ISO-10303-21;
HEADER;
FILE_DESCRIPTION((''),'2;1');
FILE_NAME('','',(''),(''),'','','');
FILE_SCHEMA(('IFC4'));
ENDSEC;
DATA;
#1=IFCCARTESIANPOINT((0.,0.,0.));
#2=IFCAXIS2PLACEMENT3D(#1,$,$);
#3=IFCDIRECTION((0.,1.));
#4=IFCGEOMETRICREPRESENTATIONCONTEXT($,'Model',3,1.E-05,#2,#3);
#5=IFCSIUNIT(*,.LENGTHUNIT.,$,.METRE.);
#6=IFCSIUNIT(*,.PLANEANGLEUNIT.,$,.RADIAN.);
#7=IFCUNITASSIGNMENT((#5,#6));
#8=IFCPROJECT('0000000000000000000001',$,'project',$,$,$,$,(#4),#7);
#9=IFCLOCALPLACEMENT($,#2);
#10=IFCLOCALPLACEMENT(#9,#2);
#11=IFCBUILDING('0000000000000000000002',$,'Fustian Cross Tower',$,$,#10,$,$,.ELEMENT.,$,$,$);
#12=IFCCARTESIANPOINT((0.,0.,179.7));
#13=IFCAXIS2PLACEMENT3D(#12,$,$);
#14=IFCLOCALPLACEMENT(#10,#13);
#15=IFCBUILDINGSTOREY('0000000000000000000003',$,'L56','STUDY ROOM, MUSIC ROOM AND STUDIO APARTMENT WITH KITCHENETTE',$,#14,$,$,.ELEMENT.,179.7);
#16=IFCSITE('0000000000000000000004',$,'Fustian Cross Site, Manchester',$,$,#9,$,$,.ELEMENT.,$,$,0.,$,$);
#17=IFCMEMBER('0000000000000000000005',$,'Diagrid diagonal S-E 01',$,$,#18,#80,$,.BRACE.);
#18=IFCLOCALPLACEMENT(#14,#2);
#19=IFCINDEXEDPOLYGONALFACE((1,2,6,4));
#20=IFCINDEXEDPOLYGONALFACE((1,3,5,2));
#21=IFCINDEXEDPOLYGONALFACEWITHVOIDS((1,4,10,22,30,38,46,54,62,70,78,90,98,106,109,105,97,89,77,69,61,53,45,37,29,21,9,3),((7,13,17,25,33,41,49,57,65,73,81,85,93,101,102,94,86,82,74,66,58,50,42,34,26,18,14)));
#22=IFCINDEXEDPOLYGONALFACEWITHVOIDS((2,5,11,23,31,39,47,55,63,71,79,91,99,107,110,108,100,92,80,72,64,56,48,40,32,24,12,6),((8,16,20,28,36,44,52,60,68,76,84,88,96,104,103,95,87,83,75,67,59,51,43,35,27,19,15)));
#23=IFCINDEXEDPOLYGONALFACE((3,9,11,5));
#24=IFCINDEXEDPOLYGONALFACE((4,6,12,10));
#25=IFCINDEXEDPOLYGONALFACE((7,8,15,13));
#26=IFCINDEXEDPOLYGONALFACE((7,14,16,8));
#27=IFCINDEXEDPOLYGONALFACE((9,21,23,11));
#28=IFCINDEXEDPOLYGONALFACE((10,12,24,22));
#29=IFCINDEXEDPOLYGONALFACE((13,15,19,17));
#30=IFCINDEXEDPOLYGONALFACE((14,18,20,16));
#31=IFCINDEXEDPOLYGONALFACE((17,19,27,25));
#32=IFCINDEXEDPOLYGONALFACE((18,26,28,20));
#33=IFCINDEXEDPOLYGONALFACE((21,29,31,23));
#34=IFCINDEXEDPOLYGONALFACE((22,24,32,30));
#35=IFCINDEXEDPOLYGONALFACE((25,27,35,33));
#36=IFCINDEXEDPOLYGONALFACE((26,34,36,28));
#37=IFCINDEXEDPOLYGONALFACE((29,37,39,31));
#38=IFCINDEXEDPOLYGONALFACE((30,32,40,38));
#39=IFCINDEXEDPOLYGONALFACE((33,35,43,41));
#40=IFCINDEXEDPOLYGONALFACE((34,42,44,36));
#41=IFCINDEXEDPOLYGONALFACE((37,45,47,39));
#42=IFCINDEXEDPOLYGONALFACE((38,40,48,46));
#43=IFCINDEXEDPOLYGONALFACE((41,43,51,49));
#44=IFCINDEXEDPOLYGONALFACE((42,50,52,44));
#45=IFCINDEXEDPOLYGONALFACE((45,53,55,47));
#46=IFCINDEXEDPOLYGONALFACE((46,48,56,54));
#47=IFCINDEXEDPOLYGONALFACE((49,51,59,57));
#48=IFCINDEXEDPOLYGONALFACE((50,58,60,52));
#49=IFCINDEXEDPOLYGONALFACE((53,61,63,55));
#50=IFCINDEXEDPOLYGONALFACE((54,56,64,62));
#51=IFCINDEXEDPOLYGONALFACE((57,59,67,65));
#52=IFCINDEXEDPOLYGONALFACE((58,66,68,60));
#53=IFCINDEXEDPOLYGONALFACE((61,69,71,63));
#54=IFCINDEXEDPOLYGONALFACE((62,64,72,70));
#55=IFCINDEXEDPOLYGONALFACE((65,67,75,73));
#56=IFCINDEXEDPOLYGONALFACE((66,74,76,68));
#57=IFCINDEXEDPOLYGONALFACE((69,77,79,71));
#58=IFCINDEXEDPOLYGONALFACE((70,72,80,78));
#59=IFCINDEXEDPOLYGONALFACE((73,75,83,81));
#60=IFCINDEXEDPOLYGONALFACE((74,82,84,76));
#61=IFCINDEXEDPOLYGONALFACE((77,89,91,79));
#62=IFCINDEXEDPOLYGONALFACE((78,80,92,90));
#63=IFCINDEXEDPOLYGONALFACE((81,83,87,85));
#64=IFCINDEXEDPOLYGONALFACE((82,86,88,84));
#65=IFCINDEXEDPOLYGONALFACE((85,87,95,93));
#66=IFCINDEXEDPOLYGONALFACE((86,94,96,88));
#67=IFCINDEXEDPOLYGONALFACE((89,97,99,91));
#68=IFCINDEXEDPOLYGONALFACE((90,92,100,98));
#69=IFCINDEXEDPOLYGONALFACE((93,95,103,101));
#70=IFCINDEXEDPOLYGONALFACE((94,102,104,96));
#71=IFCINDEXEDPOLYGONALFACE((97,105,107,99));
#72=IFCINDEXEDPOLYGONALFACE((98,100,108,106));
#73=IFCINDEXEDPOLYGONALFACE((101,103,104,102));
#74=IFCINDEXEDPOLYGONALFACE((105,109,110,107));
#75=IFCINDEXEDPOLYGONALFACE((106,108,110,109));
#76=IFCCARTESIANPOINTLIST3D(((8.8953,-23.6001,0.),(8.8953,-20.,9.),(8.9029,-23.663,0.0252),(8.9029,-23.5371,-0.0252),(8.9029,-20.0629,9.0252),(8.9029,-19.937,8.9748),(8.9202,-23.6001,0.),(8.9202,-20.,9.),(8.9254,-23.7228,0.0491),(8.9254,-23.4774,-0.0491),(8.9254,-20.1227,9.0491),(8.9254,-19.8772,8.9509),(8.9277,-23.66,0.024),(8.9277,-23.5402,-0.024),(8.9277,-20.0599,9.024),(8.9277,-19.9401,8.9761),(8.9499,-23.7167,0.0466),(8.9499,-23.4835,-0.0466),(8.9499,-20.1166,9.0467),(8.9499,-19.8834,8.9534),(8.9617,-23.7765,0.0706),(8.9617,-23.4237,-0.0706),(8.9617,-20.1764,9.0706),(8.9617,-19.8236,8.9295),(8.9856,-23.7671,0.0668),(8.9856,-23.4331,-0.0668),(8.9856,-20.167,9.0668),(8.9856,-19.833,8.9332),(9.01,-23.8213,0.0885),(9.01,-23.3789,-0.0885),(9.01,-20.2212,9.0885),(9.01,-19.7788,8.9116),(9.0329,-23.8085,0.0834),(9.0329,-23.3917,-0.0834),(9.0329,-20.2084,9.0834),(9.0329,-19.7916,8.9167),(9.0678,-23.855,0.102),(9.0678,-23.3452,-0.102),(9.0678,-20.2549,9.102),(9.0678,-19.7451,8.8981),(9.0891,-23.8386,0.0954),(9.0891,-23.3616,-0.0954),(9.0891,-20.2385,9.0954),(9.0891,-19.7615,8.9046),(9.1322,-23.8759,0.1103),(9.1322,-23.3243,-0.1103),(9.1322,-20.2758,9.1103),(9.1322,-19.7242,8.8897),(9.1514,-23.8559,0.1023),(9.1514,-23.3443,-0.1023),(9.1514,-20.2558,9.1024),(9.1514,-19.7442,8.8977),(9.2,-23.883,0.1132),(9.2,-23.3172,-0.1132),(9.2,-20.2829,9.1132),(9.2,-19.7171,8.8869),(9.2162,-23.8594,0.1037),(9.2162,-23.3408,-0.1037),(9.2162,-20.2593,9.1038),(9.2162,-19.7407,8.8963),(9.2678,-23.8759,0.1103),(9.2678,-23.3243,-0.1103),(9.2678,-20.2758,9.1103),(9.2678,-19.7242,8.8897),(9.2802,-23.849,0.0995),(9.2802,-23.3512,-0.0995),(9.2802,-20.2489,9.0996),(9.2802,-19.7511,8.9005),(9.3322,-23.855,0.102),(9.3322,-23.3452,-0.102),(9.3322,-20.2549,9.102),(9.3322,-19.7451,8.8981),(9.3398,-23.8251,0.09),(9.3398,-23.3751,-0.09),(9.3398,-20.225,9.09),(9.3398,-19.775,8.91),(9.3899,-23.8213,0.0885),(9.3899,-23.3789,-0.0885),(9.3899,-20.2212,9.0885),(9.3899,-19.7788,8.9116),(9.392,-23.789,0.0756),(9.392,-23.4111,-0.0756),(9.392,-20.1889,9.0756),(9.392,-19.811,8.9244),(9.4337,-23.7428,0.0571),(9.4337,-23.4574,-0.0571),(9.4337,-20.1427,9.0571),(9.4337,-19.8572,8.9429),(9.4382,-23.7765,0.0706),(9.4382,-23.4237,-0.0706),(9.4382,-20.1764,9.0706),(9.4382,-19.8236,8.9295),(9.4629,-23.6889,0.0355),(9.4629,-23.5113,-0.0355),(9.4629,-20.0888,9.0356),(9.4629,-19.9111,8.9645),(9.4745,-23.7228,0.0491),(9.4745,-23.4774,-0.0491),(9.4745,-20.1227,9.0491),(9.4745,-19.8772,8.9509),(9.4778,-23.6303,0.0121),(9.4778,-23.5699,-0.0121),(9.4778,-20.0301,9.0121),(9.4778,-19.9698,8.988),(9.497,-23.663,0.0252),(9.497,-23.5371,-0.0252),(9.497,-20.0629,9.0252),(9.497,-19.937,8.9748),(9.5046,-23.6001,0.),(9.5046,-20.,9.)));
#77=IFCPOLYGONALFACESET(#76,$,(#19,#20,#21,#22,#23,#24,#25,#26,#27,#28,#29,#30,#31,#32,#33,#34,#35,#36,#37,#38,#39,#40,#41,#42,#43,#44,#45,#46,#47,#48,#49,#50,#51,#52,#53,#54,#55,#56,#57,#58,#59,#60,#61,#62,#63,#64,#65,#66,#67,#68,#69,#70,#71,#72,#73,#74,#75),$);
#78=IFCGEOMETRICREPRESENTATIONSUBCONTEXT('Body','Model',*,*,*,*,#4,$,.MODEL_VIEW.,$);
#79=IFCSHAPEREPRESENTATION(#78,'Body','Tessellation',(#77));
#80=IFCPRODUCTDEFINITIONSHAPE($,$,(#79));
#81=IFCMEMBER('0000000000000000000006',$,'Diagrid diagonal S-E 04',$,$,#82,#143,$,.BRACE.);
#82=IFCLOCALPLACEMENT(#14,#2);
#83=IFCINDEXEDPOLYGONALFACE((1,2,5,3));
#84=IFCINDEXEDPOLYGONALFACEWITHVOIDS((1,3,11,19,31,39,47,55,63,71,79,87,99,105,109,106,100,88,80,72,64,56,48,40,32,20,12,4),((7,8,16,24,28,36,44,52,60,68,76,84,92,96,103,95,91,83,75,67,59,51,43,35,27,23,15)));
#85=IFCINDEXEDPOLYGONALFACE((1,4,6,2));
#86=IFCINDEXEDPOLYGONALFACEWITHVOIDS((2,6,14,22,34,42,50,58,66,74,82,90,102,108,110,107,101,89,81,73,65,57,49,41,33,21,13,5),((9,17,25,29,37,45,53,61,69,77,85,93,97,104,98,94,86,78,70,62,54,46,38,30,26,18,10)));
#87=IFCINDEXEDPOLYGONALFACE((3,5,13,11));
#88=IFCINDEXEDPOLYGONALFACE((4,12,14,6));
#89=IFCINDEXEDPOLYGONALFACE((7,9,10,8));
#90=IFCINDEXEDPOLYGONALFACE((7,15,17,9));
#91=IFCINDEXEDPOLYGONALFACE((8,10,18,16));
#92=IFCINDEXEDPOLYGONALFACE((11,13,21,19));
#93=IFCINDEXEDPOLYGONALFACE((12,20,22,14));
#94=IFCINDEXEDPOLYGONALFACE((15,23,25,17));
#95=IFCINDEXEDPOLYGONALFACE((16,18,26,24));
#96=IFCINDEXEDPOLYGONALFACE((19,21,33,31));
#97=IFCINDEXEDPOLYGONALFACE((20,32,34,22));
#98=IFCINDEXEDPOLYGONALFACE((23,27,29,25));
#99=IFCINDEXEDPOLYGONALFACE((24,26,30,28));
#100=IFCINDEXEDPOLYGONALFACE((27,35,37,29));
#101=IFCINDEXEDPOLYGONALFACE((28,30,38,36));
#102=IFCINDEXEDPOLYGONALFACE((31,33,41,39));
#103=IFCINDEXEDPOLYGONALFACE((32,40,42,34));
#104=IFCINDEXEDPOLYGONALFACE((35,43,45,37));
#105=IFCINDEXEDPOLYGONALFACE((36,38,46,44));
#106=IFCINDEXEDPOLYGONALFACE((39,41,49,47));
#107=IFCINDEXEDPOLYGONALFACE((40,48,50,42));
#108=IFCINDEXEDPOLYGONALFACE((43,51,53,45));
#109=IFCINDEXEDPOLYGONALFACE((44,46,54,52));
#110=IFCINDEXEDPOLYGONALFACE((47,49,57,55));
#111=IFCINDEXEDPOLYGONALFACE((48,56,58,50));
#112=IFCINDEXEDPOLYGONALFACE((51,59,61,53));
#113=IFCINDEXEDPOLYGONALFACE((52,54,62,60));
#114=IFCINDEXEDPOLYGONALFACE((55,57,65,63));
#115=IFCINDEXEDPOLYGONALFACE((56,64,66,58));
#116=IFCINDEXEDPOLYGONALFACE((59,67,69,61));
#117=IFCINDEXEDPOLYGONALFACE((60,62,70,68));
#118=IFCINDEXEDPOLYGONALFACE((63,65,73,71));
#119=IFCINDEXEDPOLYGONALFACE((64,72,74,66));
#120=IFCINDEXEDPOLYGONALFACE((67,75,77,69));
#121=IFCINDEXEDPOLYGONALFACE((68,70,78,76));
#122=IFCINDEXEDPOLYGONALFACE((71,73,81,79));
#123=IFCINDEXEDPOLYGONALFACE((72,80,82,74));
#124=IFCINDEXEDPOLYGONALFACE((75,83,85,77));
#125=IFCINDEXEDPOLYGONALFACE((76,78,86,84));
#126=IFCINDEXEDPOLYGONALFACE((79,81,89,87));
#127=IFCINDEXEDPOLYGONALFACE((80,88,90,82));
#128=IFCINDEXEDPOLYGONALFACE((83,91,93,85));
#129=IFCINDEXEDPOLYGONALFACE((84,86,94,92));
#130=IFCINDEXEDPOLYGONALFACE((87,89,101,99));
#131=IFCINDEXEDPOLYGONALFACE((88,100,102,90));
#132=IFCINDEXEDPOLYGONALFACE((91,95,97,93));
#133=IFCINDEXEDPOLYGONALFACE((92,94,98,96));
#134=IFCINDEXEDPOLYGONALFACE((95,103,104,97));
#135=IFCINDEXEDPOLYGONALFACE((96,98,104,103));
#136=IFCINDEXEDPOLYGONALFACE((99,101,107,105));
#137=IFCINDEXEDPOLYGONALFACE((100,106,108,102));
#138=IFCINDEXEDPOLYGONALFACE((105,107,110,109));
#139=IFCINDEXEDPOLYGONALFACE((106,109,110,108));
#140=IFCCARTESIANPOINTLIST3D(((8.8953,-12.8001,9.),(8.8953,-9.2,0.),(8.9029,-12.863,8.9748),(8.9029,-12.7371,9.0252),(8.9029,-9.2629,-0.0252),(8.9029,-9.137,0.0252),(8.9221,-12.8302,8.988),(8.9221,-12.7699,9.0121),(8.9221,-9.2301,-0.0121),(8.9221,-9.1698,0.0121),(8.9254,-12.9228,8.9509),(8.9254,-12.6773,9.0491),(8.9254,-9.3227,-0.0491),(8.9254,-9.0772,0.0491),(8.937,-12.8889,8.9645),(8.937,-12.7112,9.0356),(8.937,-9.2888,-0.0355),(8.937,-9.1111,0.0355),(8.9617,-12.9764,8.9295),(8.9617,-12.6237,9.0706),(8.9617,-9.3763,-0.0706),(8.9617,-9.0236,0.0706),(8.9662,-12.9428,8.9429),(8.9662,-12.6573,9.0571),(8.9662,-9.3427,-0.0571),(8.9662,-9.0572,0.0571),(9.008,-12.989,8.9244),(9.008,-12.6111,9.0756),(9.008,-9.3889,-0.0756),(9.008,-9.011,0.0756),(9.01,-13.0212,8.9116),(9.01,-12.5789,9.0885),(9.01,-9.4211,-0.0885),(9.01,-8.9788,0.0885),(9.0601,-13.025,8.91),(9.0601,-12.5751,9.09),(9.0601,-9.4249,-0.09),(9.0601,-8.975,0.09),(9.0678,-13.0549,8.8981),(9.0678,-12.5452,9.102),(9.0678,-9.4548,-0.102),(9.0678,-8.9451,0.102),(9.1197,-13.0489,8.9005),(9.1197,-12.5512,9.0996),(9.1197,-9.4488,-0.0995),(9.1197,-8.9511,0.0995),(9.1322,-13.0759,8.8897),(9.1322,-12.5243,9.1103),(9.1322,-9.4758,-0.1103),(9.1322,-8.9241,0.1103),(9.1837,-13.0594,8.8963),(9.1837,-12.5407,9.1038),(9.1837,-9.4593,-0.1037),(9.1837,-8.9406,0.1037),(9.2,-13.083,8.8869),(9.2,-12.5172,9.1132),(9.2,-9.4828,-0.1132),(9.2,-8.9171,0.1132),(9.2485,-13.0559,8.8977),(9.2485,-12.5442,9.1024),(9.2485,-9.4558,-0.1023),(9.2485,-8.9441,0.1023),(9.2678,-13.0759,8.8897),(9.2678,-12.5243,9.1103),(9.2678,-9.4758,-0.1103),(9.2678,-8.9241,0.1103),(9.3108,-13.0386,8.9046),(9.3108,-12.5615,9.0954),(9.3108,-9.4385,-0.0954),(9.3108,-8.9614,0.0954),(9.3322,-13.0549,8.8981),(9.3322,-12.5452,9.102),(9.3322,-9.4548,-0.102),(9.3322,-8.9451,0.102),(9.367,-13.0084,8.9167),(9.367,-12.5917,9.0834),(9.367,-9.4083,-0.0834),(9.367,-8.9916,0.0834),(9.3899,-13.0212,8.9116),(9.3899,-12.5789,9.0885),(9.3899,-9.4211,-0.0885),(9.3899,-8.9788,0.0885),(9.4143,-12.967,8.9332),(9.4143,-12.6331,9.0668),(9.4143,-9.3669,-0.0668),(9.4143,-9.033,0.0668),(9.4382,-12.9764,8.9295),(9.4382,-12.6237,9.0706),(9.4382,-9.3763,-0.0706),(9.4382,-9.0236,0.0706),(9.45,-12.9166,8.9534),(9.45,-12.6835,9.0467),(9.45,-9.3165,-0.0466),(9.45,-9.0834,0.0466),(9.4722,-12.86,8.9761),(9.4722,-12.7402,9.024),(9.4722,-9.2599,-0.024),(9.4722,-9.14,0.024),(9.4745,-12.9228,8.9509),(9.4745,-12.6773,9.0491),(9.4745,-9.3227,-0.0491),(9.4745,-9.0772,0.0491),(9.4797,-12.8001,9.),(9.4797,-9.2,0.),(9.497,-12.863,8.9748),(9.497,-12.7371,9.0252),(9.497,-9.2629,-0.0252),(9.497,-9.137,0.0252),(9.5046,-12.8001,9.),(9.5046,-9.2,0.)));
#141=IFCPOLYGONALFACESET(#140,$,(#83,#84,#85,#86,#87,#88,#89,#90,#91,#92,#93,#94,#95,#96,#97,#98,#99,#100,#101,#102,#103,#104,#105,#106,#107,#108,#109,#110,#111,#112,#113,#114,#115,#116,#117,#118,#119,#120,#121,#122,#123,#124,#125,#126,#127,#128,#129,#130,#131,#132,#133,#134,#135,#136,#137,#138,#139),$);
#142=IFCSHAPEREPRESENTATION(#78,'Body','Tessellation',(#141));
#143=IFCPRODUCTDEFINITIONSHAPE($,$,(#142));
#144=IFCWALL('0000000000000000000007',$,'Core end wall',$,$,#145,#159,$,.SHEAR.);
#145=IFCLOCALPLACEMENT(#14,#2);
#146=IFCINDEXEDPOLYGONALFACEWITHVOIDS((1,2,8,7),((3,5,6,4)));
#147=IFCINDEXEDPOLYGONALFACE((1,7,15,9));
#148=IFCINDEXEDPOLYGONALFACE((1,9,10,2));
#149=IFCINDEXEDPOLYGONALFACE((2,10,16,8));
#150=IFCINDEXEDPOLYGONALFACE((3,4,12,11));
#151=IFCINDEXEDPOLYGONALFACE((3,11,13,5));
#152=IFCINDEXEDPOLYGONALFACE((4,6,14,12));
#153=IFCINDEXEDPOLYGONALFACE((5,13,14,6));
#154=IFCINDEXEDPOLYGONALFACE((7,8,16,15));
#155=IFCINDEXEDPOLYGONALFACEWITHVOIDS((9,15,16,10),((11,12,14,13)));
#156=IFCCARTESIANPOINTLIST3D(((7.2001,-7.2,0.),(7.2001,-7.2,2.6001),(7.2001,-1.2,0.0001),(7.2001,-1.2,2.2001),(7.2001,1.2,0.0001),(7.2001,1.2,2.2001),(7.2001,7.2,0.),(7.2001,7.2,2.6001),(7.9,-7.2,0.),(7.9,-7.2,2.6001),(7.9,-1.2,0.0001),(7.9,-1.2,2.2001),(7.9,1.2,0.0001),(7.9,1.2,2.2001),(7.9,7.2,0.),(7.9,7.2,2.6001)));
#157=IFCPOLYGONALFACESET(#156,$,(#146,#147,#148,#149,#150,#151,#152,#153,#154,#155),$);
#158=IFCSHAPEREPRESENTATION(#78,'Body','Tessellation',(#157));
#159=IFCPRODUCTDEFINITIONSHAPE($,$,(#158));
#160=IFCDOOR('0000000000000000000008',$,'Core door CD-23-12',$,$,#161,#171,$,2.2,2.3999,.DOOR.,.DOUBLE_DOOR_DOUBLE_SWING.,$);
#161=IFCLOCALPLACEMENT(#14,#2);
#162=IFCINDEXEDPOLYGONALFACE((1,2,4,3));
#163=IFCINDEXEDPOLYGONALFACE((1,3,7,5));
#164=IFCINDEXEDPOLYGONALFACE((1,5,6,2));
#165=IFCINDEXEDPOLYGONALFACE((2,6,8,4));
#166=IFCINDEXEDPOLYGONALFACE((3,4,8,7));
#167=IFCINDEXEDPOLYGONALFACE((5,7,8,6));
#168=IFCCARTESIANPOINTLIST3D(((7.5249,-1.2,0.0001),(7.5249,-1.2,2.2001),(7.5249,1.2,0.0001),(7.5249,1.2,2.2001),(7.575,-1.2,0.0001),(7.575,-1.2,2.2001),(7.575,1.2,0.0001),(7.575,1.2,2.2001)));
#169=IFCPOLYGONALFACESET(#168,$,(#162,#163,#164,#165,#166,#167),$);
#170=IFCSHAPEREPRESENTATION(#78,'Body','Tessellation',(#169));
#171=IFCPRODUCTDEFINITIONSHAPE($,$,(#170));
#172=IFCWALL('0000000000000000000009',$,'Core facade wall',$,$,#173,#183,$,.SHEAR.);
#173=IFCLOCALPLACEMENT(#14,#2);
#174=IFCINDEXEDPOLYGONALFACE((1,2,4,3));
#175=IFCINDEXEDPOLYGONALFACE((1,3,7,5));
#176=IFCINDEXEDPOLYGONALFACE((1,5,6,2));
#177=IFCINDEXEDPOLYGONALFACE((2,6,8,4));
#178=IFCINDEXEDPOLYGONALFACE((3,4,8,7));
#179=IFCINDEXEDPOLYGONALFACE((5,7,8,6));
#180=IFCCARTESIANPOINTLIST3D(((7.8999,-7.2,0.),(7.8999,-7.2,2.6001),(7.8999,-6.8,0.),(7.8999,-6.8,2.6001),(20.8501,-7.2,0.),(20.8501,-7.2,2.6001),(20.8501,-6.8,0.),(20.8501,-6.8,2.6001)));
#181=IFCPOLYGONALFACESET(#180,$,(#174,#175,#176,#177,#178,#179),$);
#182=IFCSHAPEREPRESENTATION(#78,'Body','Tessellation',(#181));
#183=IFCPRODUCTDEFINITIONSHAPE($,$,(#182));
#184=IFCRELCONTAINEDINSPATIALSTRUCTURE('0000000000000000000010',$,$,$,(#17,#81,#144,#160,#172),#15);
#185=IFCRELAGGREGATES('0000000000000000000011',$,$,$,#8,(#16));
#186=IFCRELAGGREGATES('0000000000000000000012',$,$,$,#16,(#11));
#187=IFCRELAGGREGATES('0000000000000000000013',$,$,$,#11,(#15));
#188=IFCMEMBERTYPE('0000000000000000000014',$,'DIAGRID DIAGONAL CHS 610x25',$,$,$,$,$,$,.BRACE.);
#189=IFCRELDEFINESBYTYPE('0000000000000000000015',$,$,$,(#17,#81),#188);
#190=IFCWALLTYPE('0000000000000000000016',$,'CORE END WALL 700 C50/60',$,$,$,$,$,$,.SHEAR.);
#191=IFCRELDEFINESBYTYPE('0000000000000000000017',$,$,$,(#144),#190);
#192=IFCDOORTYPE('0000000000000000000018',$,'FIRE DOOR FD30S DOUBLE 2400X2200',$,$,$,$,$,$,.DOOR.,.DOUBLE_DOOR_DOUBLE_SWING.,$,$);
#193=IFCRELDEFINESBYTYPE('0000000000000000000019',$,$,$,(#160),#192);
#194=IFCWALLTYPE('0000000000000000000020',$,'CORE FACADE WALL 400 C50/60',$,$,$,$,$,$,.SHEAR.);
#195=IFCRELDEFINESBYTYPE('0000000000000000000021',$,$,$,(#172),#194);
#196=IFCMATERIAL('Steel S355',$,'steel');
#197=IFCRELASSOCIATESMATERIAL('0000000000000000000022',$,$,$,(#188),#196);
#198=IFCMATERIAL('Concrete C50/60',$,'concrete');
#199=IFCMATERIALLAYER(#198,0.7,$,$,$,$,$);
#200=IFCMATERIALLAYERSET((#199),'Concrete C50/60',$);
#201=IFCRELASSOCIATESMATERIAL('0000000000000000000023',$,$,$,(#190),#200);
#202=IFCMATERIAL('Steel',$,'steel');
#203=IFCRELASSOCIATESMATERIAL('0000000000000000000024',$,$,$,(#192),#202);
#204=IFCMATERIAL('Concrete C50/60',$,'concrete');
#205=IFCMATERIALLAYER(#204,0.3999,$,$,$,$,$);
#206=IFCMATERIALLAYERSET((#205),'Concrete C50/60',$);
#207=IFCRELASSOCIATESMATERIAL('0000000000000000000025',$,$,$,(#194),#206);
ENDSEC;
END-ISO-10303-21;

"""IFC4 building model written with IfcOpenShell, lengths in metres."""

from ifc_helpers import new_model, si_unit, direction, frame, frame_2d, origin, origin_2d, place, context, subcontext, project, spatial, rectangle, hollow_circle, extrude, material, layer, layer_set, material_profile, profile_set, type_object, element, fill, save


model = new_model("IFC4")

# Units and contexts
model_context = context("Model", 3, precision=1e-05, world=origin(), true_north=direction((0.0, 1.0)))
body_context = subcontext(model_context, "Body", "Model", "MODEL_VIEW")
ifc_project = project(units=[si_unit("LENGTHUNIT", "METRE"), si_unit("PLANEANGLEUNIT", "RADIAN")], contexts=[model_context])

# Site, building, storey
site_placement = place(None, origin())
site = spatial("IfcSite", under=ifc_project, at=site_placement, Name="Fustian Cross Site, Manchester", CompositionType="ELEMENT", RefElevation=0.0)
building_placement = place(site_placement, origin())
building = spatial("IfcBuilding", under=site, at=building_placement, Name="Fustian Cross Tower", CompositionType="ELEMENT")
storey_placement = place(building_placement, frame((0.0, 0.0, 179.7)))
storey = spatial("IfcBuildingStorey", under=building, at=storey_placement, Name="L56", Description="STUDY ROOM, MUSIC ROOM AND STUDIO APARTMENT WITH KITCHENETTE", CompositionType="ELEMENT", Elevation=179.7)

# Members
ifc_material_1 = material(Name="Steel S355", Category="steel")
ifc_material_profile_1 = material_profile(ifc_material_1, hollow_circle(Radius=0.3047, WallThickness=0.0249, at=origin_2d()), Name="CHS 610x25")
ifc_profile_set_1 = profile_set([ifc_material_profile_1], Name="Steel S355")
member_type_1 = type_object("IfcMemberType", Name="DIAGRID DIAGONAL CHS 610x25", PredefinedType="BRACE", material=ifc_profile_set_1)
for number, where, z_axis, x_axis, name in (
    (1, (9.2, -23.6001, 0.0), (0.0, 0.371399, 0.928473), (-1.0, 0.0, 0.0), "Diagrid diagonal S-E 01"),
    (2, (9.2, -9.2, 0.0), (0.0, -0.371399, 0.928473), (1.0, 0.0, 0.0), "Diagrid diagonal S-E 04"),
):
    element("IfcMember", number, at=place(storey_placement, frame(where, z_axis=z_axis, x_axis=x_axis)), inside=storey, type_object=member_type_1, Name=name, PredefinedType="BRACE", context=body_context, shape_type="SweptSolid", body=[
        extrude(hollow_circle(Radius=0.3047, WallThickness=0.0249, at=origin_2d()), origin(), (0.0, 0.0, 1.0), 9.6934),
    ])

# Wall, opening, door
ifc_material_2 = material(Name="Concrete C50/60", Category="concrete")
ifc_layer_1 = layer(ifc_material_2, 0.7)
ifc_layer_set_1 = layer_set([ifc_layer_1], Name="Concrete C50/60")
wall_type_1 = type_object("IfcWallType", Name="CORE END WALL 700 C50/60", PredefinedType="SHEAR", material=ifc_layer_set_1)
wall_1_placement = place(storey_placement, frame((7.55, -7.2, 0.0), z_axis=(0.0, 0.0, 1.0), x_axis=(0.0, 1.0, 0.0)))
wall_1 = element("IfcWall", 3, at=wall_1_placement, inside=storey, type_object=wall_type_1, Name="Core end wall", PredefinedType="SHEAR", context=body_context, shape_type="SweptSolid", body=[
    extrude(rectangle(XDim=14.3999, YDim=0.7, at=frame_2d((7.2, 0.0))), origin(), (0.0, 0.0, 1.0), 2.6001),
])
opening_1_placement = place(wall_1_placement, frame((6.0, 0.0, 0.0)))
opening_1 = element("IfcOpeningElement", 4, at=opening_1_placement, cuts=wall_1, PredefinedType="OPENING", context=body_context, shape_type="SweptSolid", body=[
    extrude(rectangle(XDim=2.3999, YDim=2.2, at=frame_2d((1.2, 1.1001))), frame((0.0, 0.3599, 0.0), z_axis=(0.0, -1.0, 0.0), x_axis=(1.0, 0.0, 0.0)), (0.0, 0.0, 1.0), 0.72),
])
ifc_material_3 = material(Name="Steel", Category="steel")
door_type_1 = type_object("IfcDoorType", Name="FIRE DOOR FD30S DOUBLE 2400X2200", OperationType="DOUBLE_DOOR_DOUBLE_SWING", PredefinedType="DOOR", material=ifc_material_3)
door_1_placement = place(opening_1_placement, frame((2.3999, 0.0, 0.0), z_axis=(0.0, 0.0, 1.0), x_axis=(-1.0, 0.0, 0.0)))
door_1 = element("IfcDoor", 5, at=door_1_placement, inside=storey, type_object=door_type_1, Name="Core door CD-23-12", OperationType="DOUBLE_DOOR_DOUBLE_SWING", OverallHeight=2.2, OverallWidth=2.3999, PredefinedType="DOOR", context=body_context, shape_type="SweptSolid", body=[
    extrude(rectangle(XDim=2.3999, YDim=2.2, at=frame_2d((1.2, 1.1001))), frame((0.0, 0.0249, 0.0), z_axis=(0.0, -1.0, 0.0), x_axis=(1.0, 0.0, 0.0)), (0.0, 0.0, 1.0), 0.05),
])
fill(opening_1, door_1)

# Wall
ifc_material_4 = material(Name="Concrete C50/60", Category="concrete")
ifc_layer_2 = layer(ifc_material_4, 0.3999)
ifc_layer_set_2 = layer_set([ifc_layer_2], Name="Concrete C50/60")
wall_type_2 = type_object("IfcWallType", Name="CORE FACADE WALL 400 C50/60", PredefinedType="SHEAR", material=ifc_layer_set_2)
wall_2_placement = place(storey_placement, frame((7.8999, -7.0, 0.0), z_axis=(0.0, 0.0, 1.0), x_axis=(1.0, 0.0, 0.0)))
element("IfcWall", 6, at=wall_2_placement, inside=storey, type_object=wall_type_2, Name="Core facade wall", PredefinedType="SHEAR", context=body_context, shape_type="SweptSolid", body=[
    extrude(rectangle(XDim=12.9502, YDim=0.3999, at=frame_2d((6.4751, 0.0))), origin(), (0.0, 0.0, 1.0), 2.6001),
])

save(model, "model.ifc")
